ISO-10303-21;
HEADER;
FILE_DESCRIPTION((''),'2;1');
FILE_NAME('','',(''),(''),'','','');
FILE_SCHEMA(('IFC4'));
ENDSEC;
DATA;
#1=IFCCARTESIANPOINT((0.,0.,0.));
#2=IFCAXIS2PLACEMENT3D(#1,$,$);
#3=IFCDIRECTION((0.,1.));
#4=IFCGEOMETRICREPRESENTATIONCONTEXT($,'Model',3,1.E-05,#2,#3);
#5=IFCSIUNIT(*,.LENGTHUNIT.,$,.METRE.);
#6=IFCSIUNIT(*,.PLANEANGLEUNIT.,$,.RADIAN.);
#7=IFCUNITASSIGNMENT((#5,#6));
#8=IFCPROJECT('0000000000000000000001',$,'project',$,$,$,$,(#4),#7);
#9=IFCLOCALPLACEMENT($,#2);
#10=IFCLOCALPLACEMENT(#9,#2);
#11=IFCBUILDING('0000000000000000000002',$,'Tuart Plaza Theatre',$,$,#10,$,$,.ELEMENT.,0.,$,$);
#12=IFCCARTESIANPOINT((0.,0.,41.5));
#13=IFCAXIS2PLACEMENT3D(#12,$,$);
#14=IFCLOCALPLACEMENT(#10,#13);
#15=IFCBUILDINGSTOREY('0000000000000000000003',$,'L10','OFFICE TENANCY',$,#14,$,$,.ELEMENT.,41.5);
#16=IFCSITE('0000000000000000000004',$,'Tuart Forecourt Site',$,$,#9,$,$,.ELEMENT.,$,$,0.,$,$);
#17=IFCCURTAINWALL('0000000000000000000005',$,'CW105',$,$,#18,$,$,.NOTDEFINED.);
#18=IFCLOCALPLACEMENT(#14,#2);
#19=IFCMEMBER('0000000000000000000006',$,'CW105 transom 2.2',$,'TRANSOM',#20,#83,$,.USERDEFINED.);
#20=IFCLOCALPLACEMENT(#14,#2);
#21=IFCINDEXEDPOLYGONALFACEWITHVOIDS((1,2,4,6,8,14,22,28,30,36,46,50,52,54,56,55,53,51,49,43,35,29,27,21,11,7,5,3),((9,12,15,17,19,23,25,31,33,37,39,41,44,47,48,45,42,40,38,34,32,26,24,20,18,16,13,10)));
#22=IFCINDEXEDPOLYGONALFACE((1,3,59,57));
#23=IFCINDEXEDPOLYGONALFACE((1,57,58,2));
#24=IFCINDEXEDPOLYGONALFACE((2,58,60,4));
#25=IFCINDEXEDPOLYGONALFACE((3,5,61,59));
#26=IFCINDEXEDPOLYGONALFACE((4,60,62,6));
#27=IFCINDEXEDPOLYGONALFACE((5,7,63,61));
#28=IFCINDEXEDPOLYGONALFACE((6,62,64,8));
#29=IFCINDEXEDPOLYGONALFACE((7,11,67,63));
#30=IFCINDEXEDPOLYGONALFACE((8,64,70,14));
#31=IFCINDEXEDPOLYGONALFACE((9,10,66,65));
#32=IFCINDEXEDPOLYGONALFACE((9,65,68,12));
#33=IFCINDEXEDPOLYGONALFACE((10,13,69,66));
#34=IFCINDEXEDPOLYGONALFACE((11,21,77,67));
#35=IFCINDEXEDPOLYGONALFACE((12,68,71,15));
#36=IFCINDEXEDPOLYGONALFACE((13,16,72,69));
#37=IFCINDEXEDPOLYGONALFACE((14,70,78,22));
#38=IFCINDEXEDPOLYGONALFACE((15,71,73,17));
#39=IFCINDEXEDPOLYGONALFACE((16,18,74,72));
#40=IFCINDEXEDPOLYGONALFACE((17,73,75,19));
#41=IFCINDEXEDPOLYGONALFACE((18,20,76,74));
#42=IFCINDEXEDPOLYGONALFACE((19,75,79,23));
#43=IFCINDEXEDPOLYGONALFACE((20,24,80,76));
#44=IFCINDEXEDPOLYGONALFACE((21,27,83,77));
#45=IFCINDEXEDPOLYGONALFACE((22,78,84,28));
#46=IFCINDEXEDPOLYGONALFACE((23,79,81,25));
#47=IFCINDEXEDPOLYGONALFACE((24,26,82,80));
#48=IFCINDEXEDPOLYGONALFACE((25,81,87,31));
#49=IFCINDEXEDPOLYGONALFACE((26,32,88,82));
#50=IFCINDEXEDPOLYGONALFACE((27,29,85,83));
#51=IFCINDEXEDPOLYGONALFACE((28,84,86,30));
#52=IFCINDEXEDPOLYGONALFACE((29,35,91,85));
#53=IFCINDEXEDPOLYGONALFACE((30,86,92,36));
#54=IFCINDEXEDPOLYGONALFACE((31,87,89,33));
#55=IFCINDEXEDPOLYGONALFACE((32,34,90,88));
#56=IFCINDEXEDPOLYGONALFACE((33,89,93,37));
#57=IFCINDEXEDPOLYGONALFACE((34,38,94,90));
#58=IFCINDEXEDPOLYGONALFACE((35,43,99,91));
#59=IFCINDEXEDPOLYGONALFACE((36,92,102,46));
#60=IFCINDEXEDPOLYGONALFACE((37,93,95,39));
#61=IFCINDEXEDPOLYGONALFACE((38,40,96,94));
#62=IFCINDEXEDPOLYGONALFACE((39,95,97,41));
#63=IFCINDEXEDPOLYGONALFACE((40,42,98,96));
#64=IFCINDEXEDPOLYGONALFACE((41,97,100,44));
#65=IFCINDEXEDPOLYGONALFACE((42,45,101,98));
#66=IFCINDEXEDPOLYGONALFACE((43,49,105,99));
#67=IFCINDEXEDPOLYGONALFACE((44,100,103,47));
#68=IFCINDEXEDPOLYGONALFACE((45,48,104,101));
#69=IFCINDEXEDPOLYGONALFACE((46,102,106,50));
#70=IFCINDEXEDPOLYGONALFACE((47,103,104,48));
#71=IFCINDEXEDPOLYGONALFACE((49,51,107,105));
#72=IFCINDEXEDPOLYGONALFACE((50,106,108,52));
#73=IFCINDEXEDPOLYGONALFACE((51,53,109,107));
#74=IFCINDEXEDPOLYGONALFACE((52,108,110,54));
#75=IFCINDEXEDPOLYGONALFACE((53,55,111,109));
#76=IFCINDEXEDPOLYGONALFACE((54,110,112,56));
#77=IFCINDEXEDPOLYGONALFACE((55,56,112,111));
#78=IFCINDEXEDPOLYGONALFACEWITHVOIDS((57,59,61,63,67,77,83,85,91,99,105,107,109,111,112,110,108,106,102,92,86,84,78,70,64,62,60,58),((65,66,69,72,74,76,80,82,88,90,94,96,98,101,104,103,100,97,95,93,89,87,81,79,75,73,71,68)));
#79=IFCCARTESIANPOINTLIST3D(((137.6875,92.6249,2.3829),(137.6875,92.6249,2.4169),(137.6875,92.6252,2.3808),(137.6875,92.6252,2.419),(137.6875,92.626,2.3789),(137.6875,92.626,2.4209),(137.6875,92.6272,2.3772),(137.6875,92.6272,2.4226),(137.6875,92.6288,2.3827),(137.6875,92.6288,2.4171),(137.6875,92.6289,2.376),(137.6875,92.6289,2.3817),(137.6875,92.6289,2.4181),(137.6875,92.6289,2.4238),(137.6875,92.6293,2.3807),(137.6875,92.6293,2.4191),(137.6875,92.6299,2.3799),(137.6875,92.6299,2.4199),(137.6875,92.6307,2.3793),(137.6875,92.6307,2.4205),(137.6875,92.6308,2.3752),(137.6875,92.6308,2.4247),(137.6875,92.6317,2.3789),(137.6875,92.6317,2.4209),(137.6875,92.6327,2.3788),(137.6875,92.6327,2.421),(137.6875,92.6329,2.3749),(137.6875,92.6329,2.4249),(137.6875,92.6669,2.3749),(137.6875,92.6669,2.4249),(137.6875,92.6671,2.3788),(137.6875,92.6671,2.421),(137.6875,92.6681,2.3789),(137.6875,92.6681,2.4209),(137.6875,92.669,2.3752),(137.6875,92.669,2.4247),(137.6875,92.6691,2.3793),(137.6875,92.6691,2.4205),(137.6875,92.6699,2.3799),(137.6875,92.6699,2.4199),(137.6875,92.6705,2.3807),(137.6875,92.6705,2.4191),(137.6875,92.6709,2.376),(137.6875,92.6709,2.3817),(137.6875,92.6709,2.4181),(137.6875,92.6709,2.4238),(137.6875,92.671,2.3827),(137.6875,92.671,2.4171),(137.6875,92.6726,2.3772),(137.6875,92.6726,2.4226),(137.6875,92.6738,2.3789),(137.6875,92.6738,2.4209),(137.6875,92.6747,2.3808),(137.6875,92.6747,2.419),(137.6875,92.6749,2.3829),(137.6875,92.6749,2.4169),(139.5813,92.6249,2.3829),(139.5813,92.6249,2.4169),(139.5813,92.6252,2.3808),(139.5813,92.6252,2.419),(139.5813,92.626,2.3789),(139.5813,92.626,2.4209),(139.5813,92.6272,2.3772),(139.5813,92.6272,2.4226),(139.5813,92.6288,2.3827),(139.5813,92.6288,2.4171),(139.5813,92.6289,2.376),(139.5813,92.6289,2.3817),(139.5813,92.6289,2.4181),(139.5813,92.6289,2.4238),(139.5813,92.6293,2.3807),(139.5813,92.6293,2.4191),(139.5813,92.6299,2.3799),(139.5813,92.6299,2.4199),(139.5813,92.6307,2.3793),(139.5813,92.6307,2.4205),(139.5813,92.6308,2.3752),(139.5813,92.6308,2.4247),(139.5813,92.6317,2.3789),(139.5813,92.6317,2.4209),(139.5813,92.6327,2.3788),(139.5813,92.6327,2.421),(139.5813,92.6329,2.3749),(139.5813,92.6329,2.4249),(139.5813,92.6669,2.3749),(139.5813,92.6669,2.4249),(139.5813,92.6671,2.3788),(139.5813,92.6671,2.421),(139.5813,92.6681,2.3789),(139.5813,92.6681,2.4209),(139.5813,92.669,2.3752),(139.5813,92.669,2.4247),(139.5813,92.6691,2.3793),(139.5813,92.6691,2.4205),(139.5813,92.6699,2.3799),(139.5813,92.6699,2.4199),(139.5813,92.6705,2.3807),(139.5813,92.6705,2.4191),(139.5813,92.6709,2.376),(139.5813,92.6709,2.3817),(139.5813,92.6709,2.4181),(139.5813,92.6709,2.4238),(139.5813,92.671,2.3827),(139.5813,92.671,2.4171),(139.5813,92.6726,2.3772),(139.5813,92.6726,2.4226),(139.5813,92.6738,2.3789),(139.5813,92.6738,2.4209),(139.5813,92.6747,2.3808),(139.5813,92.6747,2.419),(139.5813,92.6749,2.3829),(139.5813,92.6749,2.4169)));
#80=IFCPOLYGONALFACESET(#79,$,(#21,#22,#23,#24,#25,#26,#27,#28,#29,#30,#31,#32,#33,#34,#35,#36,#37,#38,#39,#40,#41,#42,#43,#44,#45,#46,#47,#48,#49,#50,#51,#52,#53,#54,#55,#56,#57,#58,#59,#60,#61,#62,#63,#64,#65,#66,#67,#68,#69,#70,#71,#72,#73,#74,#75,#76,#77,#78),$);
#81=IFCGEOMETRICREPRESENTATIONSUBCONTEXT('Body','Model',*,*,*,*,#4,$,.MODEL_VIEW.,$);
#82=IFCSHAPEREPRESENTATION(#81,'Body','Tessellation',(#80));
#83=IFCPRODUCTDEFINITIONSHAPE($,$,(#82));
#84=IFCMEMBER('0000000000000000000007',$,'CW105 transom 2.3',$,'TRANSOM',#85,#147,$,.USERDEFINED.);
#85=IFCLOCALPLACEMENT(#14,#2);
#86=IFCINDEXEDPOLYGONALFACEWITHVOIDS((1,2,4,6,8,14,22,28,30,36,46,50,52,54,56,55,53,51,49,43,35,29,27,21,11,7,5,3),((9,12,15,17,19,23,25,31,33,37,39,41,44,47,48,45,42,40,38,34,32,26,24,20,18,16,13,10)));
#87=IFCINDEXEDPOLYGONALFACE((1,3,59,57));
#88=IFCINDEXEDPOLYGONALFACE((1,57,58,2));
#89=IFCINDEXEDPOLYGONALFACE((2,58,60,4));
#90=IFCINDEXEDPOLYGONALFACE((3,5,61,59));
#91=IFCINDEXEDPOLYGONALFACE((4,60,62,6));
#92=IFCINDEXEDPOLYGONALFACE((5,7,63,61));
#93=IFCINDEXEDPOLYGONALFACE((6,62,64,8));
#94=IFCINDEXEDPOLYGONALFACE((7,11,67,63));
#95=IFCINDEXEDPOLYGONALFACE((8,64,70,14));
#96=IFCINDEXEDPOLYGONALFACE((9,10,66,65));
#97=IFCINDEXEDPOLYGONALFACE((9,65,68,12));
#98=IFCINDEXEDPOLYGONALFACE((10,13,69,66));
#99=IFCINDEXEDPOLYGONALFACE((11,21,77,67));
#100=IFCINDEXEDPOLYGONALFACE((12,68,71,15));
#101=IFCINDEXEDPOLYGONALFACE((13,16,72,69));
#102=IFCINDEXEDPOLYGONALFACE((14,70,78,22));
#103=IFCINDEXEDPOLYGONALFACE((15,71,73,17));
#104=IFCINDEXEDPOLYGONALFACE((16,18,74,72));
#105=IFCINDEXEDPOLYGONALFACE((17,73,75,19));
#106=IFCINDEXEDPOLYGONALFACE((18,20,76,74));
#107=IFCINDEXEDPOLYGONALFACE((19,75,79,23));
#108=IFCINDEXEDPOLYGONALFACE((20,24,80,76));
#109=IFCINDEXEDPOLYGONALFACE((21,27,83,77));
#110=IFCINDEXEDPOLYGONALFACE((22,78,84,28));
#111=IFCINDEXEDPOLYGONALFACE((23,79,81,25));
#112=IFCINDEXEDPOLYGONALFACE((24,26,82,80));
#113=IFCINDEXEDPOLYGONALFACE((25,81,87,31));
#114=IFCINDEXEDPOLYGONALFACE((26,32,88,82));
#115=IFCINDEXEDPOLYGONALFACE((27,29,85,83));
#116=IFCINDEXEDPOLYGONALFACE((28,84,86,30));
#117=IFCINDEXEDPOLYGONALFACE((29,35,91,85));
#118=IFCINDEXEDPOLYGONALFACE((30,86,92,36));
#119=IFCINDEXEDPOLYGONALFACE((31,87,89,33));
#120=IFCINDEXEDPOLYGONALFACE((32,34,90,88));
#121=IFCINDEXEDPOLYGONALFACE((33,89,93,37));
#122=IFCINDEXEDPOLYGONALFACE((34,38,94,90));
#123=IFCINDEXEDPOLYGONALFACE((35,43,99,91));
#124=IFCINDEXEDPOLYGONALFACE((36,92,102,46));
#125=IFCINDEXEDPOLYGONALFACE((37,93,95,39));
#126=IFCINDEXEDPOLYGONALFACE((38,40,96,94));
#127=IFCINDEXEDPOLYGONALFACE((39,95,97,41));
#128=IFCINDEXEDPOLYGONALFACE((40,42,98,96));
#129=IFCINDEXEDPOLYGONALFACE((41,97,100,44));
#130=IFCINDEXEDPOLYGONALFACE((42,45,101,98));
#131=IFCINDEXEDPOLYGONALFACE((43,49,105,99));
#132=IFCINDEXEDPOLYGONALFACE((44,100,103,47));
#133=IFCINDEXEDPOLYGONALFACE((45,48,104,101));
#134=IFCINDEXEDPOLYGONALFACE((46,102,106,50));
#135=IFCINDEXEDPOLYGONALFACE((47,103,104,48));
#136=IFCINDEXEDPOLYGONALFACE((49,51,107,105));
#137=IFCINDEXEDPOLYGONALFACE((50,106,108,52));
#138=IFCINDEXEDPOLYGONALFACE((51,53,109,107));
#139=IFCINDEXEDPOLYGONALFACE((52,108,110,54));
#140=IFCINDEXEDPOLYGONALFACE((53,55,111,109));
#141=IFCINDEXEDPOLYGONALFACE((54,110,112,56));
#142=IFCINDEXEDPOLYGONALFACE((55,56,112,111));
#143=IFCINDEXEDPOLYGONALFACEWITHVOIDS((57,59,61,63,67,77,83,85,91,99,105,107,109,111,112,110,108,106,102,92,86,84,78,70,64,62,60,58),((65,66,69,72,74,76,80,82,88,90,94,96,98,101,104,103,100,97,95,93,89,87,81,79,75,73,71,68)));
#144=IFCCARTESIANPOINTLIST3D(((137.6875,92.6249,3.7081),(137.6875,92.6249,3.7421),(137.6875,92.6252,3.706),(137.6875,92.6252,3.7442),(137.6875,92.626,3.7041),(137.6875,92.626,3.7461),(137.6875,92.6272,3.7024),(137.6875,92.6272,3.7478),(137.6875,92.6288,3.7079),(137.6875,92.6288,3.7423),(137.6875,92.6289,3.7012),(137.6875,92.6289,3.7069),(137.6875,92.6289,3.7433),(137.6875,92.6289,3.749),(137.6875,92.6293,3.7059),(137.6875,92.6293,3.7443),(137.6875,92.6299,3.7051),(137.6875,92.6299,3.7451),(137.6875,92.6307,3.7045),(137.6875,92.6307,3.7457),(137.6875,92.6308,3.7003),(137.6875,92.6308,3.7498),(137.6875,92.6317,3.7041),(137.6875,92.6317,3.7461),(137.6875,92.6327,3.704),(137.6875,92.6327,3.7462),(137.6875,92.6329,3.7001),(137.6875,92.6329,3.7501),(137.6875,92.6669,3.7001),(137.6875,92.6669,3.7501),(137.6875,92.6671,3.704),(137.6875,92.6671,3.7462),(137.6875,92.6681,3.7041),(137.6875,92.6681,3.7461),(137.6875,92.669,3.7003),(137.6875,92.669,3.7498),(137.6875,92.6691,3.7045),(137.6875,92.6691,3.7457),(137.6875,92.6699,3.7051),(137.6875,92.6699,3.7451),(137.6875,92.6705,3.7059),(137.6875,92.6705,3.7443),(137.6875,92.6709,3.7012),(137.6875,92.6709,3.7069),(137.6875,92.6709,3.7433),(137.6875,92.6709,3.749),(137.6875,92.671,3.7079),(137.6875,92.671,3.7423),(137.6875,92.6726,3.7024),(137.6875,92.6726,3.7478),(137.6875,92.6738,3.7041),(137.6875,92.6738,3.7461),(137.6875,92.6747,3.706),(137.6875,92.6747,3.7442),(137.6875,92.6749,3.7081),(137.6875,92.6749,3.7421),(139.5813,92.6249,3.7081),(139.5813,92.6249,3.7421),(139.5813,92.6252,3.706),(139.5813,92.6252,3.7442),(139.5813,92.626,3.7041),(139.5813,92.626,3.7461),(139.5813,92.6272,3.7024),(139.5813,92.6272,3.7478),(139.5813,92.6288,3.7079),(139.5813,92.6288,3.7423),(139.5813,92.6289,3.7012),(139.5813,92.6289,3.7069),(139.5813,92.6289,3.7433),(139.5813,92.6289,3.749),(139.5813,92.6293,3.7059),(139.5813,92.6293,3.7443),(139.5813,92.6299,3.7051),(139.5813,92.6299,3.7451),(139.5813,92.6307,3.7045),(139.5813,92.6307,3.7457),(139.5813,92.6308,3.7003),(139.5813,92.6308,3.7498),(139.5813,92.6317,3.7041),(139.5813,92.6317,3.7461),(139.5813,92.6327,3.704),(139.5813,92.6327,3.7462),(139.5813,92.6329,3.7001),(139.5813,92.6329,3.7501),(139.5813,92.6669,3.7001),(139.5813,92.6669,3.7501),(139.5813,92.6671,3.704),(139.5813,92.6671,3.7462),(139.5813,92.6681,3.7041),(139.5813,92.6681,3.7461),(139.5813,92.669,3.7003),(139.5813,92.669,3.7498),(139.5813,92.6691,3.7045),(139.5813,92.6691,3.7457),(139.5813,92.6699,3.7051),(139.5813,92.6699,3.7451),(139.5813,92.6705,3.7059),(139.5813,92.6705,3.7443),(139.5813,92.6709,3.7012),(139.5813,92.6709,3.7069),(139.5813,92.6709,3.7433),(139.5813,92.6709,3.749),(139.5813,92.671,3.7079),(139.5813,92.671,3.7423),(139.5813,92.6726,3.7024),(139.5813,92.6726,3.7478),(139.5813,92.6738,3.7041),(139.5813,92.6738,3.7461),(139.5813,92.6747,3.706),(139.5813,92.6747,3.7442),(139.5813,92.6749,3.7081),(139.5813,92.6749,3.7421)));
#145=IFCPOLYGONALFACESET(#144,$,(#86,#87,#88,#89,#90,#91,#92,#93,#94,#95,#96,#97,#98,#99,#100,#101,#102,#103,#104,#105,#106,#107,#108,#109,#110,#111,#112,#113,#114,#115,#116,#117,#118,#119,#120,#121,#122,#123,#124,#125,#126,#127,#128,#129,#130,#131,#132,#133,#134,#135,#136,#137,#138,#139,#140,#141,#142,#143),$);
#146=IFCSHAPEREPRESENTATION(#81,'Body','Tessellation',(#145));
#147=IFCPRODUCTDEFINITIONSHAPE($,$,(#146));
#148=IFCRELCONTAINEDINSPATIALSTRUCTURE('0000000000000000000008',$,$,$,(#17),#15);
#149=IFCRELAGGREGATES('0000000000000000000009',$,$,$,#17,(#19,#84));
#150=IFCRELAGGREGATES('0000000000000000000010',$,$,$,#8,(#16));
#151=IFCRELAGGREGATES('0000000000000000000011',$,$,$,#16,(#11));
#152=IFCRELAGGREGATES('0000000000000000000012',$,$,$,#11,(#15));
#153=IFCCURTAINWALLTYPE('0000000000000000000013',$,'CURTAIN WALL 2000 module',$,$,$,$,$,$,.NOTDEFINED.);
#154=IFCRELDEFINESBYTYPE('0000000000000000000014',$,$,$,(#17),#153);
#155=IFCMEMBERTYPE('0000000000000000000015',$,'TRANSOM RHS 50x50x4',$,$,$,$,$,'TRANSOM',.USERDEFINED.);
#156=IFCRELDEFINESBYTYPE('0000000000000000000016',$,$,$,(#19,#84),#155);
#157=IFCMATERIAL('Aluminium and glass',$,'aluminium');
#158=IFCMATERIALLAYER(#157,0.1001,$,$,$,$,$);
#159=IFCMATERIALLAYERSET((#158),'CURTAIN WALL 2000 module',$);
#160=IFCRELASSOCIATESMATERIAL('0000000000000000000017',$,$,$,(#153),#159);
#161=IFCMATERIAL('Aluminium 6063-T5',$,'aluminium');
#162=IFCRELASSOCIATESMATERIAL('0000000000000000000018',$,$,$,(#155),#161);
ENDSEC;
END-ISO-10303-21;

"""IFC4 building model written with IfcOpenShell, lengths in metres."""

from ifc_helpers import new_model, si_unit, direction, frame, origin, origin_2d, place, context, subcontext, project, spatial, hollow_rectangle, extrude, material, layer, layer_set, material_profile, profile_set, type_object, element, aggregate, save


model = new_model("IFC4")

# Units and contexts
model_context = context("Model", 3, precision=1e-05, world=origin(), true_north=direction((0.0, 1.0)))
body_context = subcontext(model_context, "Body", "Model", "MODEL_VIEW")
ifc_project = project(units=[si_unit("LENGTHUNIT", "METRE"), si_unit("PLANEANGLEUNIT", "RADIAN")], contexts=[model_context])

# Site, building, storey
site_placement = place(None, origin())
site = spatial("IfcSite", under=ifc_project, at=site_placement, Name="Tuart Forecourt Site", CompositionType="ELEMENT", RefElevation=0.0)
building_placement = place(site_placement, origin())
building = spatial("IfcBuilding", under=site, at=building_placement, Name="Tuart Plaza Theatre", CompositionType="ELEMENT", ElevationOfRefHeight=0.0)
storey_placement = place(building_placement, frame((0.0, 0.0, 41.5)))
storey = spatial("IfcBuildingStorey", under=building, at=storey_placement, Name="L10", Description="OFFICE TENANCY", CompositionType="ELEMENT", Elevation=41.5)

# Curtain wall, members
ifc_material_1 = material(Name="Aluminium and glass", Category="aluminium")
ifc_layer_1 = layer(ifc_material_1, 0.1001)
ifc_layer_set_1 = layer_set([ifc_layer_1], Name="CURTAIN WALL 2000 module")
curtain_wall_type = type_object("IfcCurtainWallType", Name="CURTAIN WALL 2000 module", PredefinedType="NOTDEFINED", material=ifc_layer_set_1)
curtain_wall_placement = place(storey_placement, origin())
curtain_wall = element("IfcCurtainWall", 1, at=curtain_wall_placement, inside=storey, type_object=curtain_wall_type, Name="CW105", PredefinedType="NOTDEFINED")
ifc_material_2 = material(Name="Aluminium 6063-T5", Category="aluminium")
ifc_material_profile_1 = material_profile(ifc_material_2, hollow_rectangle(XDim=0.05, YDim=0.05, WallThickness=0.0039, InnerFilletRadius=0.0039, OuterFilletRadius=0.0081, at=origin_2d()), Name="RHS 50x50x4")
ifc_profile_set_1 = profile_set([ifc_material_profile_1], Name="Aluminium 6063-T5")
member_type_1 = type_object("IfcMemberType", Name="TRANSOM RHS 50x50x4", ElementType="TRANSOM", PredefinedType="USERDEFINED", material=ifc_profile_set_1)
member_1_placement = place(storey_placement, frame((139.5813, 92.6499, 2.3999), z_axis=(-1.0, 0.0, 0.0), x_axis=(0.0, -1.0, 0.0)))
member_1 = element("IfcMember", 2, at=member_1_placement, type_object=member_type_1, Name="CW105 transom 2.2", ObjectType="TRANSOM", PredefinedType="USERDEFINED", context=body_context, shape_type="SweptSolid", body=[
    extrude(hollow_rectangle(XDim=0.05, YDim=0.05, WallThickness=0.0039, InnerFilletRadius=0.0039, OuterFilletRadius=0.0081, at=origin_2d()), origin(), (0.0, 0.0, 1.0), 1.8938),
])
member_2_placement = place(storey_placement, frame((139.5813, 92.6499, 3.7251), z_axis=(-1.0, 0.0, 0.0), x_axis=(0.0, -1.0, 0.0)))
member_2 = element("IfcMember", 3, at=member_2_placement, type_object=member_type_1, Name="CW105 transom 2.3", ObjectType="TRANSOM", PredefinedType="USERDEFINED", context=body_context, shape_type="SweptSolid", body=[
    extrude(hollow_rectangle(XDim=0.05, YDim=0.05, WallThickness=0.0039, InnerFilletRadius=0.0039, OuterFilletRadius=0.0081, at=origin_2d()), origin(), (0.0, 0.0, 1.0), 1.8938),
])
aggregate(curtain_wall, [member_1, member_2])

save(model, "model.ifc")
